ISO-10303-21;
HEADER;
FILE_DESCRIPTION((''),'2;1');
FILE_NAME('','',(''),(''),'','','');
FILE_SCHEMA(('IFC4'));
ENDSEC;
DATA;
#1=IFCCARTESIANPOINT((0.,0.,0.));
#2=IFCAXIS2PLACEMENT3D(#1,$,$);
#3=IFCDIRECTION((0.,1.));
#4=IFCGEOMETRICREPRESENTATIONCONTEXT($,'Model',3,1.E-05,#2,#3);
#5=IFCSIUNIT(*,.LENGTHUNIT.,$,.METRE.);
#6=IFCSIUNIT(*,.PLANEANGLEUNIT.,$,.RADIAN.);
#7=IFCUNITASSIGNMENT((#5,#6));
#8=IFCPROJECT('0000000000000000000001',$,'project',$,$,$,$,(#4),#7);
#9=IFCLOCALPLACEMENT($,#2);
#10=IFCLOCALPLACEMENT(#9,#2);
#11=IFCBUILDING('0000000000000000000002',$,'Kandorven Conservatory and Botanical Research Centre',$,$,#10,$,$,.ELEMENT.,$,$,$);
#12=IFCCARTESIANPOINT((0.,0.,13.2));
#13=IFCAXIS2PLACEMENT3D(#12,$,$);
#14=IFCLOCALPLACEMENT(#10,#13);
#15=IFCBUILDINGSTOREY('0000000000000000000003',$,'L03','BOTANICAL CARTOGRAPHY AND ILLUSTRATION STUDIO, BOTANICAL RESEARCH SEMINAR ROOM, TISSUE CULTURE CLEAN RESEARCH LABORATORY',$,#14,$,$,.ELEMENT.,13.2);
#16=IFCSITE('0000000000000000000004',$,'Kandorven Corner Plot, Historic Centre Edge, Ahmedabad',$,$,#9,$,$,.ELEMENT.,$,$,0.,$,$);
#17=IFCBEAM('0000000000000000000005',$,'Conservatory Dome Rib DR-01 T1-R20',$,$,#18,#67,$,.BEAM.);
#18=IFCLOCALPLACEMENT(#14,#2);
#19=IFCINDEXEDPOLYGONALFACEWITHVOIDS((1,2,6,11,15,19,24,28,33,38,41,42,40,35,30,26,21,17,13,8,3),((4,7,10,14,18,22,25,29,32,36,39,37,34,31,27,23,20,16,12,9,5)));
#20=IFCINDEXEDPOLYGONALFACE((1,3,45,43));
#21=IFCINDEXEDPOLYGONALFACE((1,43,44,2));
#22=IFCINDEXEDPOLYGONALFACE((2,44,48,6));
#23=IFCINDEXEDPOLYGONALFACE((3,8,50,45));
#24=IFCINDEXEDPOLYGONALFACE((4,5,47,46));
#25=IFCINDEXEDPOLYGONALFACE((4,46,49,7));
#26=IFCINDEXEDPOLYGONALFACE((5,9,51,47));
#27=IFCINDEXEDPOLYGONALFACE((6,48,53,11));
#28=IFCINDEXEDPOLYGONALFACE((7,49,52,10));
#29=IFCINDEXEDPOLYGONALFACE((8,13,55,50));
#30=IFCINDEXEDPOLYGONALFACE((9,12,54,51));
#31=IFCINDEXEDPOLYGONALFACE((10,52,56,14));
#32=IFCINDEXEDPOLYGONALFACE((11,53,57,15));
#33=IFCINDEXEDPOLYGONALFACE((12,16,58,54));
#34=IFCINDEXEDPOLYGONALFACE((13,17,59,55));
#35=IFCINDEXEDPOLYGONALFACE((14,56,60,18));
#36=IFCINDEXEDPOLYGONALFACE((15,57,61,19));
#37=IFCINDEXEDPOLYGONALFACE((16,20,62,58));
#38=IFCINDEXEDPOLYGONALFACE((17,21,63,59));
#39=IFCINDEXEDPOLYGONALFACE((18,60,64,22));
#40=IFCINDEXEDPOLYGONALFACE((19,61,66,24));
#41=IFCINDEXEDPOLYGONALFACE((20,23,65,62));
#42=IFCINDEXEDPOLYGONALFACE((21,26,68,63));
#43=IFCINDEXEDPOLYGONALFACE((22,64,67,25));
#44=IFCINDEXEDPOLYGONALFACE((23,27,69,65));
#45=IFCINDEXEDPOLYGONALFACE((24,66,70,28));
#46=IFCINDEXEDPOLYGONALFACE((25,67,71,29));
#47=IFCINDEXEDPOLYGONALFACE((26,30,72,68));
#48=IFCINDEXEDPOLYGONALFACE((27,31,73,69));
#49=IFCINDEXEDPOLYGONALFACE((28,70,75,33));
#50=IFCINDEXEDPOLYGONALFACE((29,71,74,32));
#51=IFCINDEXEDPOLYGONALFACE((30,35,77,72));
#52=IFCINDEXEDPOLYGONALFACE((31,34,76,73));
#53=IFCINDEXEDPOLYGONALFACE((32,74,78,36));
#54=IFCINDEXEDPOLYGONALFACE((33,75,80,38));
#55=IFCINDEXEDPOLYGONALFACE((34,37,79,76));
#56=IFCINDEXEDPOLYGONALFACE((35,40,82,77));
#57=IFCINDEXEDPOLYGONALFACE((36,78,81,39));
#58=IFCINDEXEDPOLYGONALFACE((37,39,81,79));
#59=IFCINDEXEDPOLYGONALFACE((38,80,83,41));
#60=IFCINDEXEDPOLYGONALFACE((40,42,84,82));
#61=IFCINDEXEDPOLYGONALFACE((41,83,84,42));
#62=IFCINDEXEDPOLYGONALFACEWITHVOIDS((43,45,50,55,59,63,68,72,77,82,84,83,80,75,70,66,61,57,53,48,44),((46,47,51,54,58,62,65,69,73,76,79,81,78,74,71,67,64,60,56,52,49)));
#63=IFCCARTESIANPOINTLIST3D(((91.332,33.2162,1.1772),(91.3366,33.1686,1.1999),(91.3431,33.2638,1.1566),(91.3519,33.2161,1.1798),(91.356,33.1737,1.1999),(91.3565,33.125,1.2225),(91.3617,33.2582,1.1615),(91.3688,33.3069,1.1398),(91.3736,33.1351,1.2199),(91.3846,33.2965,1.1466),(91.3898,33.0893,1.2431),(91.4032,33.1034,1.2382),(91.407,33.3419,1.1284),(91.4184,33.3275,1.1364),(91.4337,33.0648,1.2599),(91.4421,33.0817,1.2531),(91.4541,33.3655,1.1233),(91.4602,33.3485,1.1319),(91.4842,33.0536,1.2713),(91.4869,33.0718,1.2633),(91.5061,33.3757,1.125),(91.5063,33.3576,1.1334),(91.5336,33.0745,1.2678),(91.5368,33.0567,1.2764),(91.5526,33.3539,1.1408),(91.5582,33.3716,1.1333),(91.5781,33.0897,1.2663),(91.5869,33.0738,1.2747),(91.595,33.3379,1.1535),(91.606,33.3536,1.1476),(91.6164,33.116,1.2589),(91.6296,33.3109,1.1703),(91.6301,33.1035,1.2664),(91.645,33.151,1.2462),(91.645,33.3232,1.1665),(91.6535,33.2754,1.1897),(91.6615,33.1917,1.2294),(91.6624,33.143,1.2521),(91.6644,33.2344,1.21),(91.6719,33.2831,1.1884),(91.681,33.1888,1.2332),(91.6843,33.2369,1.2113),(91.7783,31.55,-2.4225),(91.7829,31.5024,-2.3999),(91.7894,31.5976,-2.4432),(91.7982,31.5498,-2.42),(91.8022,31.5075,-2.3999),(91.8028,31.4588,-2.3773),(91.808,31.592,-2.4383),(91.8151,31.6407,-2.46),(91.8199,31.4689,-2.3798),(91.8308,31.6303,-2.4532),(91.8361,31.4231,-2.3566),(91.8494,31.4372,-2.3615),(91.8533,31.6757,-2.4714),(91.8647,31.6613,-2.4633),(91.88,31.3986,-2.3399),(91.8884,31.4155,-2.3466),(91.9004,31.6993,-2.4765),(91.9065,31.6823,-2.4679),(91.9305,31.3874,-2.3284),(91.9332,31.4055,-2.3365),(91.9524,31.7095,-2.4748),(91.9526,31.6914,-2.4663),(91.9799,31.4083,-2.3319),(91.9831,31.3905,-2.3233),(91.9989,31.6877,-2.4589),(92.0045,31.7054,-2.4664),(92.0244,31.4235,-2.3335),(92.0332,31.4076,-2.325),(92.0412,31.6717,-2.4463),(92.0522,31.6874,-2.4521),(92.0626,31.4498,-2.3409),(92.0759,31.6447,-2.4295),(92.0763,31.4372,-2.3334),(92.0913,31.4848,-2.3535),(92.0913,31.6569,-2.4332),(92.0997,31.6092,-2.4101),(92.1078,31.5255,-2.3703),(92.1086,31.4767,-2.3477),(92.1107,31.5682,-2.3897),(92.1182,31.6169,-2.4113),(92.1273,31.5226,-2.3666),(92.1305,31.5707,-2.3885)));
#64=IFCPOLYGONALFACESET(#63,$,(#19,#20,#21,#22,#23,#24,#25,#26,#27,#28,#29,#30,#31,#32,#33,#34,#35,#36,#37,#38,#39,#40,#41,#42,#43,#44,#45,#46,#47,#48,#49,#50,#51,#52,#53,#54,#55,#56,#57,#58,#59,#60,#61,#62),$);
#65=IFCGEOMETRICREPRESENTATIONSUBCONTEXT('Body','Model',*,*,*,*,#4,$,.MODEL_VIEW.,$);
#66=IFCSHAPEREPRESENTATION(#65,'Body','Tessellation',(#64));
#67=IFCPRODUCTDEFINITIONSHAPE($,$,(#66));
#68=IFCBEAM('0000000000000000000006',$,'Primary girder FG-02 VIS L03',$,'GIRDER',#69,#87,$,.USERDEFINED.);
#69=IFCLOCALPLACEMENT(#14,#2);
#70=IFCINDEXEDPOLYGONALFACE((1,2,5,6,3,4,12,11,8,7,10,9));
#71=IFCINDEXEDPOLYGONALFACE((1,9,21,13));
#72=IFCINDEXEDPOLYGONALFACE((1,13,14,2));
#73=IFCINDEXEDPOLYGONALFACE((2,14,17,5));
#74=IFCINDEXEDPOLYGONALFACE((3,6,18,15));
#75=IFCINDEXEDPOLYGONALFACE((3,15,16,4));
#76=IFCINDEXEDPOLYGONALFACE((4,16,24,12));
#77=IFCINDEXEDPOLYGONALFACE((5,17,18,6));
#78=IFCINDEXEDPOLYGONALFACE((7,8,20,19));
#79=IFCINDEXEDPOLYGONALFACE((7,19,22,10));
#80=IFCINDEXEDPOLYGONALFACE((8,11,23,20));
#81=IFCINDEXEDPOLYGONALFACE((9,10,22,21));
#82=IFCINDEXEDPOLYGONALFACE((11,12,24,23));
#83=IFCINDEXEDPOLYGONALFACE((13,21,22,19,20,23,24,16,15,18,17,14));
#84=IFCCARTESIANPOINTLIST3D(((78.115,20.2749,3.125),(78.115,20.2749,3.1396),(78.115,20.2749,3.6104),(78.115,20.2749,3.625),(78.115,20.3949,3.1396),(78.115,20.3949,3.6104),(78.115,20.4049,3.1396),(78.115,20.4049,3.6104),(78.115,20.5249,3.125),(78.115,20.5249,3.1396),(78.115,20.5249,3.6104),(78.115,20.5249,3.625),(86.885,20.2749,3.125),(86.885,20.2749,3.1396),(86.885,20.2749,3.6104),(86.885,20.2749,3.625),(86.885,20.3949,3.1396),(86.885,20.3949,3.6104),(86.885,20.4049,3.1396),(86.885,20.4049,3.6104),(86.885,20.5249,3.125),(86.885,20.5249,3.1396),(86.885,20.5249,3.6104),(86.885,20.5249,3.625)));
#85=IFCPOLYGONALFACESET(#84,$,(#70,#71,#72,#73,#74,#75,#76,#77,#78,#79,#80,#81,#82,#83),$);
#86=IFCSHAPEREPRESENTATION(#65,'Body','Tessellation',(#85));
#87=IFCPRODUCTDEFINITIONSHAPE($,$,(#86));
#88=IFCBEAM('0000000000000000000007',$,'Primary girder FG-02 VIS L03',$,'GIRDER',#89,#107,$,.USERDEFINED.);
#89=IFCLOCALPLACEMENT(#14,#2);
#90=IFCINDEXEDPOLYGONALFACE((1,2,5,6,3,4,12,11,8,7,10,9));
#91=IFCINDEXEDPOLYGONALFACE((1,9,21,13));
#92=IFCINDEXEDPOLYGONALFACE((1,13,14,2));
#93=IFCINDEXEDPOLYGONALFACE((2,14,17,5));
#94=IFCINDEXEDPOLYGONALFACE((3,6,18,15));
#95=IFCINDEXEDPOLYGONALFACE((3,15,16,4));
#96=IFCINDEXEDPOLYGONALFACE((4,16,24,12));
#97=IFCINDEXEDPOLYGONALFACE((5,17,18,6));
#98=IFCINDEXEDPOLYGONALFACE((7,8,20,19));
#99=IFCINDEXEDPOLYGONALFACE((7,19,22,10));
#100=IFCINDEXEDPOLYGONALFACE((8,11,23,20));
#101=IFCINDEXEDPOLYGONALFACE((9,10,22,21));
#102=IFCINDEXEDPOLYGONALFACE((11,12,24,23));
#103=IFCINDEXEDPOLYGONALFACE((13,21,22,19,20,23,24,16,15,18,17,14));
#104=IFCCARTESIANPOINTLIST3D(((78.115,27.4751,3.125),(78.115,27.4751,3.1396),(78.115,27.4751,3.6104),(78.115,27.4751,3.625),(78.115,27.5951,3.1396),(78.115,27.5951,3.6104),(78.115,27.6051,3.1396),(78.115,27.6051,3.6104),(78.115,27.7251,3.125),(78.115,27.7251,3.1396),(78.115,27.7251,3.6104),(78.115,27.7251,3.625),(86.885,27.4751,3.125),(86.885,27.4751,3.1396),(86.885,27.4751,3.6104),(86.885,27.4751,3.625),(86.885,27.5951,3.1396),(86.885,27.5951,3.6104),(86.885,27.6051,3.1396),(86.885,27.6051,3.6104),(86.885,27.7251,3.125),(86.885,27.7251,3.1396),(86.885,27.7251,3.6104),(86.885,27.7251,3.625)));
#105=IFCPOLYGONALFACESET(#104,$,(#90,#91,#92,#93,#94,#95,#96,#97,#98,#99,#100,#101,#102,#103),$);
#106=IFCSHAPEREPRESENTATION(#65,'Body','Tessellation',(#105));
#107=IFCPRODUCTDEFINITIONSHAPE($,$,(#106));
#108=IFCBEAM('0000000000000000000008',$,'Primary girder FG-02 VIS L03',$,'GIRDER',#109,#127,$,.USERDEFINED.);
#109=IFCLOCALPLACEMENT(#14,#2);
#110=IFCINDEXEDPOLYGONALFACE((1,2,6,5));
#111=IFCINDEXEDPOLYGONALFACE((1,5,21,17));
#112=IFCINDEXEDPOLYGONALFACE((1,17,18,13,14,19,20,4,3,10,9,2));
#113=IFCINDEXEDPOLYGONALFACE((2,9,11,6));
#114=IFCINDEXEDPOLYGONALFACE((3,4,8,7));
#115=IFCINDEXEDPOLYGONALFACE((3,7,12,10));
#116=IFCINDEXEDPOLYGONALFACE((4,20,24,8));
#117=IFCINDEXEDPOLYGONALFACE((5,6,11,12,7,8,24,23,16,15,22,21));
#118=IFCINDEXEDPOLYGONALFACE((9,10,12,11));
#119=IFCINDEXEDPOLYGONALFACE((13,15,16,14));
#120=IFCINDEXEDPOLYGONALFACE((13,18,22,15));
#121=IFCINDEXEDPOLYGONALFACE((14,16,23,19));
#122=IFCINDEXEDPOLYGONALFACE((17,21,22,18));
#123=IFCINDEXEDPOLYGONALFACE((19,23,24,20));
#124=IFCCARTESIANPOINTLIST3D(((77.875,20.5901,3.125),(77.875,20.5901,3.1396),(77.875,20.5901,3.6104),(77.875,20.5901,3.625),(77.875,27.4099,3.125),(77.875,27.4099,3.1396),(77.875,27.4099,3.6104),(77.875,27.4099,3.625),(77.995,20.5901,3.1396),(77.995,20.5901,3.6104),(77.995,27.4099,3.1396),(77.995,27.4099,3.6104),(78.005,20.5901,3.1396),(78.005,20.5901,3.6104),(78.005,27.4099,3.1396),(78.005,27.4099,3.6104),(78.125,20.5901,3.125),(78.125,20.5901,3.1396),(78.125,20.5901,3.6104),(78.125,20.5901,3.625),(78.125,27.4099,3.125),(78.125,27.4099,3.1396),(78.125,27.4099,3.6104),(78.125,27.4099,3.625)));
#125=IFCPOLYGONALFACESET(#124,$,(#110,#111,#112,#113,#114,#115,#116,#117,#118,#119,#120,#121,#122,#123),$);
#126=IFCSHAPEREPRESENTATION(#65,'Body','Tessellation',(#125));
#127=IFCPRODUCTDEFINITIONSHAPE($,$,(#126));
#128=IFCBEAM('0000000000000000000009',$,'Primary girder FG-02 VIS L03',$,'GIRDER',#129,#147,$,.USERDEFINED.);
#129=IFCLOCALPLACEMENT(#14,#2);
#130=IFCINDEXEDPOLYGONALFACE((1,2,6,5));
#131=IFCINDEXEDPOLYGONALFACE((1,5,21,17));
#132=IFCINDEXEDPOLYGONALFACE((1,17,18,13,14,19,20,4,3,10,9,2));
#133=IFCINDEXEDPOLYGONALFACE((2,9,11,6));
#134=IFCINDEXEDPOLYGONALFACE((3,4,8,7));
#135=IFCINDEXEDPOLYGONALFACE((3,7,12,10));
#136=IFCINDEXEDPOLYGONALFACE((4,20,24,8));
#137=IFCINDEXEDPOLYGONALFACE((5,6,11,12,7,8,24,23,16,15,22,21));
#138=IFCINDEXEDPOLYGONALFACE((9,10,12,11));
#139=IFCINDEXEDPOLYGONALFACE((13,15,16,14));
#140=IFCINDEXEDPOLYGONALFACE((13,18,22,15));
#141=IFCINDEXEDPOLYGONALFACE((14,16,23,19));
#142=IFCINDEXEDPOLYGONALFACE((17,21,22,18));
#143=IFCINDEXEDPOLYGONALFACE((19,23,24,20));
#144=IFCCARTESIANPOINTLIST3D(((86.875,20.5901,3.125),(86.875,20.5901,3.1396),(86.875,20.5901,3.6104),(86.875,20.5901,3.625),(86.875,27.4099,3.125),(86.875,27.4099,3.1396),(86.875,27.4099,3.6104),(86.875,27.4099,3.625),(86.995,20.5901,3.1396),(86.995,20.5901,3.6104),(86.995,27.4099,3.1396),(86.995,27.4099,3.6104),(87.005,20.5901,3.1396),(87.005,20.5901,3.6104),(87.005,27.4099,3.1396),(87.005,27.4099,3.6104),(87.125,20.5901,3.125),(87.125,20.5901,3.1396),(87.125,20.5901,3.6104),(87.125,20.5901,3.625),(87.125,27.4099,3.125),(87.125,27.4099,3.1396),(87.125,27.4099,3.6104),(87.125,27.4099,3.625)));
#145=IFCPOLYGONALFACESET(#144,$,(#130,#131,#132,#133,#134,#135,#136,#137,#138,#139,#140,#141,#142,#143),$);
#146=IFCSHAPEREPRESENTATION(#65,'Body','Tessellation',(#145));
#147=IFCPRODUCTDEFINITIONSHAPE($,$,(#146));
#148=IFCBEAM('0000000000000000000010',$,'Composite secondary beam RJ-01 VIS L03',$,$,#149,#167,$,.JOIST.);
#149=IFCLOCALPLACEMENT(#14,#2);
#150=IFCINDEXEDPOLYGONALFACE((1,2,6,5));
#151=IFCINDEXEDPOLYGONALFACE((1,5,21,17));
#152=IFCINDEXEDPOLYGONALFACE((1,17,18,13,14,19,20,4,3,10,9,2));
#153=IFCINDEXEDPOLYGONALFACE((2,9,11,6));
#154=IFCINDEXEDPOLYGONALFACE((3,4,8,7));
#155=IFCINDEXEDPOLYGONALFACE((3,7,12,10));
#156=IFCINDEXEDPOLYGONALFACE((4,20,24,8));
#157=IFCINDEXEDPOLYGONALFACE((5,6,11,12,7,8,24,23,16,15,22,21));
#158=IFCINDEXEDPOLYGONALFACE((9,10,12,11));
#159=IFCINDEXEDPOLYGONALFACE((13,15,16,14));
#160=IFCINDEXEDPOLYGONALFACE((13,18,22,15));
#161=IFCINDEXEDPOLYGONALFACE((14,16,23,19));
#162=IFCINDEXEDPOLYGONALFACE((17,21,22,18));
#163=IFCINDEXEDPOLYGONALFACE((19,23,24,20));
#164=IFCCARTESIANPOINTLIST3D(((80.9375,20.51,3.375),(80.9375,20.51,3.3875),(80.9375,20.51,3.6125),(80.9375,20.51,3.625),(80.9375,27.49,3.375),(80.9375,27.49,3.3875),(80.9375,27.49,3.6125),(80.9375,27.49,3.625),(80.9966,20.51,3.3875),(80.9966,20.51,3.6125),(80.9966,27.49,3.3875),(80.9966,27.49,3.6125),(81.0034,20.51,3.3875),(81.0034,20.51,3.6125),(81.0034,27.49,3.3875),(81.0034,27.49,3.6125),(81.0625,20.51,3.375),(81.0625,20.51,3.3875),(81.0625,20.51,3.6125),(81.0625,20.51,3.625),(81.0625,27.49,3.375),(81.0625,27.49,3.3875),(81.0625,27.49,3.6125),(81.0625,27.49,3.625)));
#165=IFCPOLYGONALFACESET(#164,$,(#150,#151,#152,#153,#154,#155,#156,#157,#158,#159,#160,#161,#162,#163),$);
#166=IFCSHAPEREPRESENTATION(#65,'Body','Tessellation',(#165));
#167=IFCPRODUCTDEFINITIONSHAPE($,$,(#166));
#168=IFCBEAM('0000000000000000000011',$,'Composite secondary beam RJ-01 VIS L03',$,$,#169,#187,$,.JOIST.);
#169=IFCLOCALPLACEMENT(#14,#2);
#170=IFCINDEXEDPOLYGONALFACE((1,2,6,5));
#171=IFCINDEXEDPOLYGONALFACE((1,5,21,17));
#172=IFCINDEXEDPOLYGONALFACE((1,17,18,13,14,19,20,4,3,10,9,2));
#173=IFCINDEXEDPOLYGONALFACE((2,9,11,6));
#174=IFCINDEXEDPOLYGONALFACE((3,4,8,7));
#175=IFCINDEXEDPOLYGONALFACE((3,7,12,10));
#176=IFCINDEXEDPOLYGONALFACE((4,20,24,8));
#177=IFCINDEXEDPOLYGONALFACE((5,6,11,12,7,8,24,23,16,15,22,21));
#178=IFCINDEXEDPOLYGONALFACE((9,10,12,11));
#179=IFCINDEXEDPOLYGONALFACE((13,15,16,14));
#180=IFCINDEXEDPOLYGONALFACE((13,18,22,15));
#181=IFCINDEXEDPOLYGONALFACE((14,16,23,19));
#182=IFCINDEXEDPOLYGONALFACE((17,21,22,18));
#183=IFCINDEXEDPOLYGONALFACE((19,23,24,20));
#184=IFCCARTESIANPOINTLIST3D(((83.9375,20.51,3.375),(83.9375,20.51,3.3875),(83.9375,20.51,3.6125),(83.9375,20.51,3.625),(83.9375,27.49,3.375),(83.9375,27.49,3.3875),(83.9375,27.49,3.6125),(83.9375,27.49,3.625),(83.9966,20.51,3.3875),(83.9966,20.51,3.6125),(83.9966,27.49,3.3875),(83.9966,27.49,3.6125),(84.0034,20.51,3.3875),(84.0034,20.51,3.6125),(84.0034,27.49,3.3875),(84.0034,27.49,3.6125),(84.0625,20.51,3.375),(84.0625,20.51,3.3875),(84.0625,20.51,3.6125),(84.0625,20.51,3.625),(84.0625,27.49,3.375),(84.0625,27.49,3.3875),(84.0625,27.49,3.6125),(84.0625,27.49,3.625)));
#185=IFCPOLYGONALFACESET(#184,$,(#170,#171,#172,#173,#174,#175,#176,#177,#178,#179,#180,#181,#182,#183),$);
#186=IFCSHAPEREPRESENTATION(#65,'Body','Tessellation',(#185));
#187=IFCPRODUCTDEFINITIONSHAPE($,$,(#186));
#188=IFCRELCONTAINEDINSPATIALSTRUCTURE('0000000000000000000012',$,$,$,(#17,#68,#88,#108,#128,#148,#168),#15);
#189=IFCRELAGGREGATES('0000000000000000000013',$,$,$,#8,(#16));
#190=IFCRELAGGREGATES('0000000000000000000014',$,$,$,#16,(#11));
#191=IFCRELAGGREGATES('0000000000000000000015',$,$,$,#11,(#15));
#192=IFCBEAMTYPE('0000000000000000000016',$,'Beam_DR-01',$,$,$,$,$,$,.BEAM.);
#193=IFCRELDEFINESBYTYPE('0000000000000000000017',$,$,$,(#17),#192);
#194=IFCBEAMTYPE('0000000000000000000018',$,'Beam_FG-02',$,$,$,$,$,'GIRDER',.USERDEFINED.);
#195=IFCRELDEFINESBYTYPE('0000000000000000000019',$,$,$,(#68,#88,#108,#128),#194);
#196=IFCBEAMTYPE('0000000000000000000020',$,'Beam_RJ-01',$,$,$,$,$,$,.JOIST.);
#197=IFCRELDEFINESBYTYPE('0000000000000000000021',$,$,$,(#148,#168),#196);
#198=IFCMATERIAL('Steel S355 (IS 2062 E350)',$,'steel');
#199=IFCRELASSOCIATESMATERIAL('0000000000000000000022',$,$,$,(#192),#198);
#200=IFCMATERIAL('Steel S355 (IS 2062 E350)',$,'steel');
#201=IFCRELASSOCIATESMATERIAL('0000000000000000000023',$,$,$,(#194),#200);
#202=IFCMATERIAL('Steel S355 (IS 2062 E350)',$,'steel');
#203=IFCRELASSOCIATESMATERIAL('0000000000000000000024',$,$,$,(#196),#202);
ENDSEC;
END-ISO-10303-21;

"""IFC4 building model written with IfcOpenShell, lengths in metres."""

from ifc_helpers import new_model, si_unit, direction, frame, origin, origin_2d, place, context, subcontext, project, spatial, hollow_circle, i_section, extrude, material, material_profile, profile_set, type_object, element, save


model = new_model("IFC4")

# Units and contexts
model_context = context("Model", 3, precision=1e-05, world=origin(), true_north=direction((0.0, 1.0)))
body_context = subcontext(model_context, "Body", "Model", "MODEL_VIEW")
ifc_project = project(units=[si_unit("LENGTHUNIT", "METRE"), si_unit("PLANEANGLEUNIT", "RADIAN")], contexts=[model_context])

# Site, building, storey
site_placement = place(None, origin())
site = spatial("IfcSite", under=ifc_project, at=site_placement, Name="Kandorven Corner Plot, Historic Centre Edge, Ahmedabad", CompositionType="ELEMENT", RefElevation=0.0)
building_placement = place(site_placement, origin())
building = spatial("IfcBuilding", under=site, at=building_placement, Name="Kandorven Conservatory and Botanical Research Centre", CompositionType="ELEMENT")
storey_placement = place(building_placement, frame((0.0, 0.0, 13.2)))
storey = spatial("IfcBuildingStorey", under=building, at=storey_placement, Name="L03", Description="BOTANICAL CARTOGRAPHY AND ILLUSTRATION STUDIO, BOTANICAL RESEARCH SEMINAR ROOM, TISSUE CULTURE CLEAN RESEARCH LABORATORY", CompositionType="ELEMENT", Elevation=13.2)

# Beams
ifc_material_1 = material(Name="Steel S355 (IS 2062 E350)", Category="steel")
ifc_material_profile_1 = material_profile(ifc_material_1, hollow_circle(Radius=0.1777, WallThickness=0.02, at=origin_2d()))
ifc_profile_set_1 = profile_set([ifc_material_profile_1], Name="Steel S355 (IS 2062 E350)")
beam_type_1 = type_object("IfcBeamType", Name="Beam_DR-01", PredefinedType="BEAM", material=ifc_profile_set_1)
for number, where, z_axis, x_axis, name in (
    (1, (91.9546, 31.5483, -2.3999), (-0.111801, 0.41742, 0.90181), (-0.965952, -0.25872, 0.0), "Conservatory Dome Rib DR-01 T1-R20"),
):
    element("IfcBeam", number, at=place(storey_placement, frame(where, z_axis=z_axis, x_axis=x_axis)), inside=storey, type_object=beam_type_1, Name=name, PredefinedType="BEAM", context=body_context, shape_type="SweptSolid", body=[
        extrude(hollow_circle(Radius=0.1777, WallThickness=0.02, at=origin_2d()), origin(), (0.0, 0.0, 1.0), 3.9917),
    ])
ifc_material_2 = material(Name="Steel S355 (IS 2062 E350)", Category="steel")
ifc_material_profile_2 = material_profile(ifc_material_2, i_section(OverallWidth=0.25, OverallDepth=0.5, WebThickness=0.01, FlangeThickness=0.0146, at=origin_2d()))
ifc_profile_set_2 = profile_set([ifc_material_profile_2], Name="Steel S355 (IS 2062 E350)")
beam_type_2 = type_object("IfcBeamType", Name="Beam_FG-02", ElementType="GIRDER", PredefinedType="USERDEFINED", material=ifc_profile_set_2)
for number, where, z_axis, x_axis, name in (
    (2, (78.115, 20.3999, 3.375), (1.0, 0.0, 0.0), (0.0, 1.0, 0.0), "Primary girder FG-02 VIS L03"),
    (3, (78.115, 27.6001, 3.375), (1.0, 0.0, 0.0), (0.0, 1.0, 0.0), "Primary girder FG-02 VIS L03"),
):
    element("IfcBeam", number, at=place(storey_placement, frame(where, z_axis=z_axis, x_axis=x_axis)), inside=storey, type_object=beam_type_2, Name=name, ObjectType="GIRDER", PredefinedType="USERDEFINED", context=body_context, shape_type="SweptSolid", body=[
        extrude(i_section(OverallWidth=0.25, OverallDepth=0.5, WebThickness=0.01, FlangeThickness=0.0146, at=origin_2d()), origin(), (0.0, 0.0, 1.0), 8.77),
    ])
for number, where, z_axis, x_axis, name in (
    (4, (78.0, 20.5901, 3.375), (0.0, 1.0, 0.0), (-1.0, 0.0, 0.0), "Primary girder FG-02 VIS L03"),
    (5, (87.0, 20.5901, 3.375), (0.0, 1.0, 0.0), (-1.0, 0.0, 0.0), "Primary girder FG-02 VIS L03"),
):
    element("IfcBeam", number, at=place(storey_placement, frame(where, z_axis=z_axis, x_axis=x_axis)), inside=storey, type_object=beam_type_2, Name=name, ObjectType="GIRDER", PredefinedType="USERDEFINED", context=body_context, shape_type="SweptSolid", body=[
        extrude(i_section(OverallWidth=0.25, OverallDepth=0.5, WebThickness=0.01, FlangeThickness=0.0146, at=origin_2d()), origin(), (0.0, 0.0, 1.0), 6.8198),
    ])
ifc_material_3 = material(Name="Steel S355 (IS 2062 E350)", Category="steel")
ifc_material_profile_3 = material_profile(ifc_material_3, i_section(OverallWidth=0.125, OverallDepth=0.25, WebThickness=0.0068, FlangeThickness=0.0125, at=origin_2d()))
ifc_profile_set_3 = profile_set([ifc_material_profile_3], Name="Steel S355 (IS 2062 E350)")
beam_type_3 = type_object("IfcBeamType", Name="Beam_RJ-01", PredefinedType="JOIST", material=ifc_profile_set_3)
for number, where, z_axis, x_axis, name in (
    (6, (81.0, 20.51, 3.5), (0.0, 1.0, 0.0), (-1.0, 0.0, 0.0), "Composite secondary beam RJ-01 VIS L03"),
    (7, (84.0, 20.51, 3.5), (0.0, 1.0, 0.0), (-1.0, 0.0, 0.0), "Composite secondary beam RJ-01 VIS L03"),
):
    element("IfcBeam", number, at=place(storey_placement, frame(where, z_axis=z_axis, x_axis=x_axis)), inside=storey, type_object=beam_type_3, Name=name, PredefinedType="JOIST", context=body_context, shape_type="SweptSolid", body=[
        extrude(i_section(OverallWidth=0.125, OverallDepth=0.25, WebThickness=0.0068, FlangeThickness=0.0125, at=origin_2d()), origin(), (0.0, 0.0, 1.0), 6.98),
    ])

save(model, "model.ifc")
